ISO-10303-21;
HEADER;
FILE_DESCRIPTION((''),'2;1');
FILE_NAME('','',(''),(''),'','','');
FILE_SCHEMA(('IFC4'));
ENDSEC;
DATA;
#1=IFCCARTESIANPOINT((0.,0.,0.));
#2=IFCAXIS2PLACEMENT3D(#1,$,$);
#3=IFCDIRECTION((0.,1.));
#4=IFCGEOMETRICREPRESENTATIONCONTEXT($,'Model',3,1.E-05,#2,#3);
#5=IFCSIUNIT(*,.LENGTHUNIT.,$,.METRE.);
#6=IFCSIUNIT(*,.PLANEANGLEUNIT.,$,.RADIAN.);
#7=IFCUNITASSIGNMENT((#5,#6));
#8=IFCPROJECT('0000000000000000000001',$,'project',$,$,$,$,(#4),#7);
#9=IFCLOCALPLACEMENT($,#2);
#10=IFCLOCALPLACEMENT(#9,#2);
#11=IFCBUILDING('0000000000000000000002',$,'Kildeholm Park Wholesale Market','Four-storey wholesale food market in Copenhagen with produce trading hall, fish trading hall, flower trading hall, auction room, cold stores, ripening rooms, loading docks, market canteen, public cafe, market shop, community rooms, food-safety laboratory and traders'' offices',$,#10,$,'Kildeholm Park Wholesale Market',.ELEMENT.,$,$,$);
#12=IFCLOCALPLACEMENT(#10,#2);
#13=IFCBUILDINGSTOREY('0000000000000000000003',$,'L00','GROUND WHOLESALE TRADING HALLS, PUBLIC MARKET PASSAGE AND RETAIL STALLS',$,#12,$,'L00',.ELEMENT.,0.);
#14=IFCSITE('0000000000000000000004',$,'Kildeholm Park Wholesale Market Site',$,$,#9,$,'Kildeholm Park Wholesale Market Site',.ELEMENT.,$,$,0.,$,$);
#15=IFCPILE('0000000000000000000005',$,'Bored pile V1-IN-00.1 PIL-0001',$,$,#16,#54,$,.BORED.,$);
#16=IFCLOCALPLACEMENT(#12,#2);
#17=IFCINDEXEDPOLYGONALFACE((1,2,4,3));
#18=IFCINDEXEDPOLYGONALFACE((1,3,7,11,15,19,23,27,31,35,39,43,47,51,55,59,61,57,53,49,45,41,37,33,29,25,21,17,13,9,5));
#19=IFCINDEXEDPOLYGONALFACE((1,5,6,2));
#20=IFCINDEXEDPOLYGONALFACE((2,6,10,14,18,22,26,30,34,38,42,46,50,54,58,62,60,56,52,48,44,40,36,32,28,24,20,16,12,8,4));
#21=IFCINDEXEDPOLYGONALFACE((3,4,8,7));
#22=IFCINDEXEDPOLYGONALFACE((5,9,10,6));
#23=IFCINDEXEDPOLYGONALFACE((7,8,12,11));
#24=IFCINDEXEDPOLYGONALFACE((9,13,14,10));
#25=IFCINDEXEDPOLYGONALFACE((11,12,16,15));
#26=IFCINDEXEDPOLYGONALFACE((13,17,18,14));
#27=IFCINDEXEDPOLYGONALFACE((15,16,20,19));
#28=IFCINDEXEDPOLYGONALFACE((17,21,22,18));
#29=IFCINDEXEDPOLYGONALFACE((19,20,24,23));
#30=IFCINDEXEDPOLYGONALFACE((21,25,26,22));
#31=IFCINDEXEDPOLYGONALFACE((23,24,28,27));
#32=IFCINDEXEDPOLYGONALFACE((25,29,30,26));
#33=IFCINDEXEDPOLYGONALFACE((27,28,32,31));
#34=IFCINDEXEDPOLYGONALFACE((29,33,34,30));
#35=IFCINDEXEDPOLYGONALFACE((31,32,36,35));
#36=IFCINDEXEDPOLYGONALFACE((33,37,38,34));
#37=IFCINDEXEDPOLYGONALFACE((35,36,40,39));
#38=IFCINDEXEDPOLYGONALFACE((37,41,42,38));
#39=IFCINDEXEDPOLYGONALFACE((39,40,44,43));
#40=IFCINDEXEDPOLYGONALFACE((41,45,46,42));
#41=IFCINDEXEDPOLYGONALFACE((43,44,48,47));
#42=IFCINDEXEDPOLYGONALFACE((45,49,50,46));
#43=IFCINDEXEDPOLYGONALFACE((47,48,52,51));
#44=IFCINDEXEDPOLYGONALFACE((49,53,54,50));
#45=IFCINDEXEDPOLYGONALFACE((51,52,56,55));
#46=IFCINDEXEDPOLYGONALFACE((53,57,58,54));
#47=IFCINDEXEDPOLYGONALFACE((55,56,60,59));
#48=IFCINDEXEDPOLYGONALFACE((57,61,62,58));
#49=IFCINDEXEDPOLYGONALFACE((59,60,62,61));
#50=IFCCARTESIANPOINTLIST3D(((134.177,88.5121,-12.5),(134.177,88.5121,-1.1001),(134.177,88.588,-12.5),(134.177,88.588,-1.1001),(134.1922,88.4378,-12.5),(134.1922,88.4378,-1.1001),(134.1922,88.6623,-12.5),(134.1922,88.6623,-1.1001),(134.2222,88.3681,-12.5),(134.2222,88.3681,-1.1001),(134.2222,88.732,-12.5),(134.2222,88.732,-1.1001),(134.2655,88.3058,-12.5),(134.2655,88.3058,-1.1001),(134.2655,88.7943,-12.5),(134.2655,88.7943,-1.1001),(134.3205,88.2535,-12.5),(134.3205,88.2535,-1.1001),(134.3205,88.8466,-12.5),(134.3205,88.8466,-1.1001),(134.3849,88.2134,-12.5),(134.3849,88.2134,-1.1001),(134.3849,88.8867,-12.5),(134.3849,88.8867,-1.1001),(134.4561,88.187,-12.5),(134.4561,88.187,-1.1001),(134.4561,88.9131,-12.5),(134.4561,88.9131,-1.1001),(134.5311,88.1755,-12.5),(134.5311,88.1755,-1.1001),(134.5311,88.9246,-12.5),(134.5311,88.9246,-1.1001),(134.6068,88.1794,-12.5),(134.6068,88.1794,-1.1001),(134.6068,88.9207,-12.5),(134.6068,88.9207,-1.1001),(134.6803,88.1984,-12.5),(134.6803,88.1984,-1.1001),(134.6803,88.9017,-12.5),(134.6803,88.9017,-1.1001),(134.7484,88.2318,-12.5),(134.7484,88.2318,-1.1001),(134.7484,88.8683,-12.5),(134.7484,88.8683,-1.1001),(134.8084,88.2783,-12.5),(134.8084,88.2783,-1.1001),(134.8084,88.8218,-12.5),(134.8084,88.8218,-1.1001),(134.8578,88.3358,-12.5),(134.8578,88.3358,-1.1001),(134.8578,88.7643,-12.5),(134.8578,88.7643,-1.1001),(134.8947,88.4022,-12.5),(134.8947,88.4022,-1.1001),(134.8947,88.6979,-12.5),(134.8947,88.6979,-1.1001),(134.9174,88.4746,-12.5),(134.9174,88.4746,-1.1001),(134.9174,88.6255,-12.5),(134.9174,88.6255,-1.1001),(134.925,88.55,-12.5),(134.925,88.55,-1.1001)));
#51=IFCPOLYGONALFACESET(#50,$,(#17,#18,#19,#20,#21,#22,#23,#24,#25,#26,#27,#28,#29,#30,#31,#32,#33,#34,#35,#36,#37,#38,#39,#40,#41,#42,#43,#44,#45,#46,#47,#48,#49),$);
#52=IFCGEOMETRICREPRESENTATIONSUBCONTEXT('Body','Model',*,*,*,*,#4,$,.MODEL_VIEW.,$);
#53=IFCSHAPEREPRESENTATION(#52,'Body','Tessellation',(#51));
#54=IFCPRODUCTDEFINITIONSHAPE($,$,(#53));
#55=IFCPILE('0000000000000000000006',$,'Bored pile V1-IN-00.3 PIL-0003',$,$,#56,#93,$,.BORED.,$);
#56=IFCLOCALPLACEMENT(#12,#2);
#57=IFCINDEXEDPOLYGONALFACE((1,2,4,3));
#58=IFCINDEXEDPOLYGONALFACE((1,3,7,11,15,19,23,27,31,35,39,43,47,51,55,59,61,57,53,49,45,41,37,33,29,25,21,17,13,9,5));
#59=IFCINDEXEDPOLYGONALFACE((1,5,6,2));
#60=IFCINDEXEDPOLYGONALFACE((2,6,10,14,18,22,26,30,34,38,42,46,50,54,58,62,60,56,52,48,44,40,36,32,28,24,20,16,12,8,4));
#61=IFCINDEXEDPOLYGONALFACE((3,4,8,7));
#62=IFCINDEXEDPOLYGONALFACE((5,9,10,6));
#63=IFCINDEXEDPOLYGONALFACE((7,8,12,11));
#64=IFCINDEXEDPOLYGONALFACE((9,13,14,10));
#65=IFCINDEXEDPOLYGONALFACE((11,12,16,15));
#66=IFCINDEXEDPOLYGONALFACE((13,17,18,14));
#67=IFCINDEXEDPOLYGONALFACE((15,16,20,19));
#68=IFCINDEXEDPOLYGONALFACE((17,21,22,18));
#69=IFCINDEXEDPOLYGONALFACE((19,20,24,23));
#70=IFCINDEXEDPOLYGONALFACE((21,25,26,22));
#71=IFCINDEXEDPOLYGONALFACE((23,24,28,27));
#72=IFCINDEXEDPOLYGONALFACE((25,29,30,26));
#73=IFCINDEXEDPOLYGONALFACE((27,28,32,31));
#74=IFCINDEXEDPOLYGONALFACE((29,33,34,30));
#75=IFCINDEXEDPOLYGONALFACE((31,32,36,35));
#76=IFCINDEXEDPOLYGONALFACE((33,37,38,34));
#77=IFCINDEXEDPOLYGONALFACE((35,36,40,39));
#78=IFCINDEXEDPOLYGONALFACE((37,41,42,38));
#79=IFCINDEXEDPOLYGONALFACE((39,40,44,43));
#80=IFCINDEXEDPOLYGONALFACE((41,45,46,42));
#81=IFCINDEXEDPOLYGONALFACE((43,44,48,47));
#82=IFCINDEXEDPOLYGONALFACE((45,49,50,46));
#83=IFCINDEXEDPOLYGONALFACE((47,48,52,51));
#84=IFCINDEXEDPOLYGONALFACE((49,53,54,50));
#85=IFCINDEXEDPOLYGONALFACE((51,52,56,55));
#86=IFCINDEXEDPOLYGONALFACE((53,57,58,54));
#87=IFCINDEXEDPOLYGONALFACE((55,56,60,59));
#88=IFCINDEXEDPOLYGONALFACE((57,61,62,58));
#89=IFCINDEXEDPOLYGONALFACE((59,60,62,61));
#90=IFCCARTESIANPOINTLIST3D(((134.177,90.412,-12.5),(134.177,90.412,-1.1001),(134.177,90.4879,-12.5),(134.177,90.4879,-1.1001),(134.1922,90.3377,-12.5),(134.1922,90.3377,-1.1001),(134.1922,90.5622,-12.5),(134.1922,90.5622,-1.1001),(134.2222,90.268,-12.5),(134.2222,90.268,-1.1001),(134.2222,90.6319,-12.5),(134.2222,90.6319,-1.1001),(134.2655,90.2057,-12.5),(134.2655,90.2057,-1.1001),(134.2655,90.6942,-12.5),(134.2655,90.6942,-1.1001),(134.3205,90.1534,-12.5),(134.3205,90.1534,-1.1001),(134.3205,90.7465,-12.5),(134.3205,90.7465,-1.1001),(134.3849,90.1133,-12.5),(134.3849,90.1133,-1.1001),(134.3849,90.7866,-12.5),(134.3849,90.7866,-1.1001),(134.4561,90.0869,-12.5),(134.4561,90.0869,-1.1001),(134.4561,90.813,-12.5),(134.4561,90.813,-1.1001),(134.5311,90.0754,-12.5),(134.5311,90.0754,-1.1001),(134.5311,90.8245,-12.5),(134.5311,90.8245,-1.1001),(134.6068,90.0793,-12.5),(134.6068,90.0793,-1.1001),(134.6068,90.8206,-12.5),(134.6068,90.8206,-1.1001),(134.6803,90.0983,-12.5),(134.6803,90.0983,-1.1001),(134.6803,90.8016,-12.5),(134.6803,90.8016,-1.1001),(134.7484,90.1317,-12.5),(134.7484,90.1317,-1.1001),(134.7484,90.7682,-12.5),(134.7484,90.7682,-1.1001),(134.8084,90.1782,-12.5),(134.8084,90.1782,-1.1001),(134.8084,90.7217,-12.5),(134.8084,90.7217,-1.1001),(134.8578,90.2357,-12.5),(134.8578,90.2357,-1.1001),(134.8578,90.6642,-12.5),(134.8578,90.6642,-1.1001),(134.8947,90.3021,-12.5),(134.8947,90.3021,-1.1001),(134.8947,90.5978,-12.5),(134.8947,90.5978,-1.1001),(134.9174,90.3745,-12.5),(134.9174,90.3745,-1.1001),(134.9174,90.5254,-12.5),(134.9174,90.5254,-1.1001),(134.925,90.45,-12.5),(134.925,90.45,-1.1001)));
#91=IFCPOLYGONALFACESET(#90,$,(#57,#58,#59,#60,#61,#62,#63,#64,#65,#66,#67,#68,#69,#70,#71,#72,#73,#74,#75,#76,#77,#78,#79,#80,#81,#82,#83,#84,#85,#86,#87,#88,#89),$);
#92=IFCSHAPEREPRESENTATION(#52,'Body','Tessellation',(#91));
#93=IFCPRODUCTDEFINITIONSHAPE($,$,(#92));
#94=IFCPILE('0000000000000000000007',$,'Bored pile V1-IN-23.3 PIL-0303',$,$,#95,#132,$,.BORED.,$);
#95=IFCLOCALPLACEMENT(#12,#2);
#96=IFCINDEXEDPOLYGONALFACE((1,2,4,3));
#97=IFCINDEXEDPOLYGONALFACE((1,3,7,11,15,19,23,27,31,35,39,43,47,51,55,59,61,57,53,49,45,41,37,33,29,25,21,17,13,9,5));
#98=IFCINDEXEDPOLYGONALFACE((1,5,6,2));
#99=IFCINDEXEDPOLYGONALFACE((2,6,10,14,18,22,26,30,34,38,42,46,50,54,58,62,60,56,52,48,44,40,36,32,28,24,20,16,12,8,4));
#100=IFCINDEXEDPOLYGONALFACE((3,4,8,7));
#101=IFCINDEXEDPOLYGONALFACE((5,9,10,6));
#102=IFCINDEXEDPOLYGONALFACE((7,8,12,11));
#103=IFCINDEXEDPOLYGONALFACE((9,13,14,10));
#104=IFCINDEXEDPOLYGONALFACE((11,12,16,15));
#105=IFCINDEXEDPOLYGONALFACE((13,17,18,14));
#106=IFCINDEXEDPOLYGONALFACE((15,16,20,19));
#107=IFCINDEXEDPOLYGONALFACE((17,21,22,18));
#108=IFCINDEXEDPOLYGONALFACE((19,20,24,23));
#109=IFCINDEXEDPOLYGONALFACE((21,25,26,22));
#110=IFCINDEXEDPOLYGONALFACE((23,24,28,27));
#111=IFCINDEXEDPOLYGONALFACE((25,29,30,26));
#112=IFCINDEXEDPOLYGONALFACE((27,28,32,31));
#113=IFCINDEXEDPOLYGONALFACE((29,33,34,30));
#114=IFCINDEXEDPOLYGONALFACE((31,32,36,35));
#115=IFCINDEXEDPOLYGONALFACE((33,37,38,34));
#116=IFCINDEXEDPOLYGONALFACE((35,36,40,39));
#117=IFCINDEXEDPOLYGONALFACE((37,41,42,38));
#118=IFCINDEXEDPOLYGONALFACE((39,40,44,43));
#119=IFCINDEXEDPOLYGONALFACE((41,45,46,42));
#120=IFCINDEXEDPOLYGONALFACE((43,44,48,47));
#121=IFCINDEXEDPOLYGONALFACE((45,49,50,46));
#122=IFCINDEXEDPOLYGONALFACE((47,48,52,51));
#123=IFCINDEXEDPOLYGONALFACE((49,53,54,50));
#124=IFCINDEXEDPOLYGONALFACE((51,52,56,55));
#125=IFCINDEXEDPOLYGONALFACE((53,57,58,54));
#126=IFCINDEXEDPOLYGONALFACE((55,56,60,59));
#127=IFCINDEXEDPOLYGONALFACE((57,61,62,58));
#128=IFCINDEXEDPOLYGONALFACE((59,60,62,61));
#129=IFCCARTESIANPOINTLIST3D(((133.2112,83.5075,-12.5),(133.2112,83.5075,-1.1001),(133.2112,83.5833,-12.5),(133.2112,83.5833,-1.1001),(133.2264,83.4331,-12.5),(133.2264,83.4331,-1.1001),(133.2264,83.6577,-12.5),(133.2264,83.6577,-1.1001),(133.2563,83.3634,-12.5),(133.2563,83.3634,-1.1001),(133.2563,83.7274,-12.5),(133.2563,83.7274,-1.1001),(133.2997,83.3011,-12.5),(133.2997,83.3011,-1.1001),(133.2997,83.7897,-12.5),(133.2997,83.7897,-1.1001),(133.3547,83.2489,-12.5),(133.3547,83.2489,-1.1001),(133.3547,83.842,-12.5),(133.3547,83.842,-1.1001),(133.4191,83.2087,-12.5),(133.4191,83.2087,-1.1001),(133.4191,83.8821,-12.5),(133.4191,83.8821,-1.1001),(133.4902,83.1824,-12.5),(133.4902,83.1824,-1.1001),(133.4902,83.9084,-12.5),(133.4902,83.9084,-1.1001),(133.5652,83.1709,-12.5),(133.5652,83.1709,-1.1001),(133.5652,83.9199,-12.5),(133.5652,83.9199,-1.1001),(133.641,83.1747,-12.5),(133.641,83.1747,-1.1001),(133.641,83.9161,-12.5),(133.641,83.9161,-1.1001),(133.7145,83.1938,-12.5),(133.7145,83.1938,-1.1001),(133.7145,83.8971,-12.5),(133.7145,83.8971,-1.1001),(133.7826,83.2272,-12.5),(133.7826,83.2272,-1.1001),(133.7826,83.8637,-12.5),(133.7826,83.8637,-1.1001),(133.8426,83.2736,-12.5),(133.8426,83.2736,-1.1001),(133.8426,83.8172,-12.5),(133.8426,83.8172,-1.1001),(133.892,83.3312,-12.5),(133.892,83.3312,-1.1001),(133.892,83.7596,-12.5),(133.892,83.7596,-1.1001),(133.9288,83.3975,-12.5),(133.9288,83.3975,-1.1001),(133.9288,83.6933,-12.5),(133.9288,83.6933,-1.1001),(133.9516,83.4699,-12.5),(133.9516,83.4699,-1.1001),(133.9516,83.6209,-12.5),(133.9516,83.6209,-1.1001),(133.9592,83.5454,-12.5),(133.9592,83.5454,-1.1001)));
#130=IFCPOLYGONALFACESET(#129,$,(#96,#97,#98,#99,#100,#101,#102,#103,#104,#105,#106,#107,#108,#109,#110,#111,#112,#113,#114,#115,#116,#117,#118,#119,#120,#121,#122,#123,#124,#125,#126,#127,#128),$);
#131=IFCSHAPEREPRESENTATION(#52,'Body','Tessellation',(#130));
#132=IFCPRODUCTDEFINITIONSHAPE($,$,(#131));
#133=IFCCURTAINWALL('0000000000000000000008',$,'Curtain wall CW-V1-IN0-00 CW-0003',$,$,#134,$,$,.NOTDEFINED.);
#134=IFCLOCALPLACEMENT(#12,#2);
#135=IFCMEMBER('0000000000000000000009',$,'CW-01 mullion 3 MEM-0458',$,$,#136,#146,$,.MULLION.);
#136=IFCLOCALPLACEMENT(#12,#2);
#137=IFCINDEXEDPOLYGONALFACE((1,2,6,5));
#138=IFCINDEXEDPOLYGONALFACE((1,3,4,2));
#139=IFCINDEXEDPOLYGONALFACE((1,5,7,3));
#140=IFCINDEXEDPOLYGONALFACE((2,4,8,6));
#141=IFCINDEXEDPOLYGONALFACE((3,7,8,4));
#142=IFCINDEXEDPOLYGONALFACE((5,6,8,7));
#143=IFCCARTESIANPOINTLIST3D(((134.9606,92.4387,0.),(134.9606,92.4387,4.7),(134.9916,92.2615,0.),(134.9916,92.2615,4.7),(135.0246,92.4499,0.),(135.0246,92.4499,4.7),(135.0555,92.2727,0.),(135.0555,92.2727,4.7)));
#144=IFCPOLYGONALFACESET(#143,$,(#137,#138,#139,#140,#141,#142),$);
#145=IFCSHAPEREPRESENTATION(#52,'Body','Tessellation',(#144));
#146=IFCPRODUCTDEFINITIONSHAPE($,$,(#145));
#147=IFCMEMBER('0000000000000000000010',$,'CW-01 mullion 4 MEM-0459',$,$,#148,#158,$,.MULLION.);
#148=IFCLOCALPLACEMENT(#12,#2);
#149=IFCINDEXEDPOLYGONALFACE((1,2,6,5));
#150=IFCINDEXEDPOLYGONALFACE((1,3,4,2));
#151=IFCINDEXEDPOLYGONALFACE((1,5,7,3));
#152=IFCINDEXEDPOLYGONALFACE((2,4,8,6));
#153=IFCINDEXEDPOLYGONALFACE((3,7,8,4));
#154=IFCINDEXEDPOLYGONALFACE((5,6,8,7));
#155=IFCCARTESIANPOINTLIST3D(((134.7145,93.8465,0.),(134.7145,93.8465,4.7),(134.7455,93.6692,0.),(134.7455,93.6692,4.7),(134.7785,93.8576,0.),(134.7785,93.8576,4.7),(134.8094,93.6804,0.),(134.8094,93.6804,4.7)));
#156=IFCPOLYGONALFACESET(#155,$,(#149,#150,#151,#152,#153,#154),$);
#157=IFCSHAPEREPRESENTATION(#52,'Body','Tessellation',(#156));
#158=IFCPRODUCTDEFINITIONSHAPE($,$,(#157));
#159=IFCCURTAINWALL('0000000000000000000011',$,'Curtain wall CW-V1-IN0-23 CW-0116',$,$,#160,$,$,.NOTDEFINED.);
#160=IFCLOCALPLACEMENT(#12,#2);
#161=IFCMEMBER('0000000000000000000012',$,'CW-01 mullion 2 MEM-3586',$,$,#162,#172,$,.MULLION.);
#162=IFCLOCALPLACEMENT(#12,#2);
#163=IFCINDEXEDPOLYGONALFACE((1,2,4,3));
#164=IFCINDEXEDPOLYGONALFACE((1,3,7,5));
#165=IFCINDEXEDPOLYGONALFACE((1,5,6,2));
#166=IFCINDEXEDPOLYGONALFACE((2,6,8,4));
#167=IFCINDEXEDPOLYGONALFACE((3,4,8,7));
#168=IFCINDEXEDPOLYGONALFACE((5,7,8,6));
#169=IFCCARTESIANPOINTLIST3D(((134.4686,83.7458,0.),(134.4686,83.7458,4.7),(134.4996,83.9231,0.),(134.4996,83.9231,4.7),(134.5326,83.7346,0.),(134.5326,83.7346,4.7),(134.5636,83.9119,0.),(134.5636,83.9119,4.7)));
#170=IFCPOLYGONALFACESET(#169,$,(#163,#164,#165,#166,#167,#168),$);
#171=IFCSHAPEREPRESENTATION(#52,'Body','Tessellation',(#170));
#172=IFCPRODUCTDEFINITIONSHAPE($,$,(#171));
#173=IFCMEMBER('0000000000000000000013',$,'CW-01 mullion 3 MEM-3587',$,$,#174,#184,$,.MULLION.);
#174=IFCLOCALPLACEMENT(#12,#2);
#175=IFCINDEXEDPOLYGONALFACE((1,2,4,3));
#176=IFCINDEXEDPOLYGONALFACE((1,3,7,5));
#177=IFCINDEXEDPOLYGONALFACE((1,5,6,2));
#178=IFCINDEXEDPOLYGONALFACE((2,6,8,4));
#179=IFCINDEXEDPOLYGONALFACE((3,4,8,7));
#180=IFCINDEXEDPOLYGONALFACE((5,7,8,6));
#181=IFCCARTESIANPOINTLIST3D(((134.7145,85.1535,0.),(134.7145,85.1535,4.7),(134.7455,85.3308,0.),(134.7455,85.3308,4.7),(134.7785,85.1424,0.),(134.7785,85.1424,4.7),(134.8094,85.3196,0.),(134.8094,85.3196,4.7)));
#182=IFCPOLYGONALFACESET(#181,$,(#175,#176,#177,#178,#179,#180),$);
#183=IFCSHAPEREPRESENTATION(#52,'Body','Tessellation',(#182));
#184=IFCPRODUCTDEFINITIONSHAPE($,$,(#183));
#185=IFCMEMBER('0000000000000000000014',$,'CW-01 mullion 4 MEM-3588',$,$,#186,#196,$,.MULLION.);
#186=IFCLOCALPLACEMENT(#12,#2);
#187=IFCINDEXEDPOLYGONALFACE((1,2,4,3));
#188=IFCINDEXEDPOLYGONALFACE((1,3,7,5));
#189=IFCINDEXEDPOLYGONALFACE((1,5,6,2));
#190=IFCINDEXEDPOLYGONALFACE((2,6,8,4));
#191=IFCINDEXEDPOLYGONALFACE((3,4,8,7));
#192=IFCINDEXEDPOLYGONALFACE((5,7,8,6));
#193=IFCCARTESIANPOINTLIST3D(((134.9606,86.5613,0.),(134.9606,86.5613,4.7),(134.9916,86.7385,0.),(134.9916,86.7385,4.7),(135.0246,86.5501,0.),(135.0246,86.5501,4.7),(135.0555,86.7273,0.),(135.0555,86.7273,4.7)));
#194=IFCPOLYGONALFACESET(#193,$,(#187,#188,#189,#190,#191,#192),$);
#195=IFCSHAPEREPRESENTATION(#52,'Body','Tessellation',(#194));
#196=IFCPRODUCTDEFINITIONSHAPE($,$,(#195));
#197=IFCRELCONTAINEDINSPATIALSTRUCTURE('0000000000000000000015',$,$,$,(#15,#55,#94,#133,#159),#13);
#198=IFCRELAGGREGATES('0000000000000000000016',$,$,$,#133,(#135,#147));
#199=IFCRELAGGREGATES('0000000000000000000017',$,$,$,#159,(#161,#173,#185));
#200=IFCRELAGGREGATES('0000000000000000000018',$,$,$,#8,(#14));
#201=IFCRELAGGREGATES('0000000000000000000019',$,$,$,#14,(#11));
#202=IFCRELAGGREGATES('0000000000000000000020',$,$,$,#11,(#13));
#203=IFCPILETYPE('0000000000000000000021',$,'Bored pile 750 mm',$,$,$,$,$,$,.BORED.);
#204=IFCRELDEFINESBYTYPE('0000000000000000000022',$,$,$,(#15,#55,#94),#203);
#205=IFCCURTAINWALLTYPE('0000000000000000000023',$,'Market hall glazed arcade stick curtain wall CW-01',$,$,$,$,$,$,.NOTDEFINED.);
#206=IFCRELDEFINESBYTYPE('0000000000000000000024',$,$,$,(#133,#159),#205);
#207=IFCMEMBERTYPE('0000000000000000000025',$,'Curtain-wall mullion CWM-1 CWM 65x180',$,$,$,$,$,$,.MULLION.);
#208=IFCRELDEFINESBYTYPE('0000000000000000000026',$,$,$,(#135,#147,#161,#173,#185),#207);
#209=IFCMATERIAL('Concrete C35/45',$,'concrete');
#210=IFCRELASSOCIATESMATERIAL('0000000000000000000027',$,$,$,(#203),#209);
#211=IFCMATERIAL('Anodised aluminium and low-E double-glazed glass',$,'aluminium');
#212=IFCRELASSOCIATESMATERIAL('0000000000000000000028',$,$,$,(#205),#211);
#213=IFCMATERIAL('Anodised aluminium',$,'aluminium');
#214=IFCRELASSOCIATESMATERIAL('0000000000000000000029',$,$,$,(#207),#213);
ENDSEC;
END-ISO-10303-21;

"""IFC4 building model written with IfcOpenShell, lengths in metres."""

from ifc_helpers import new_model, si_unit, direction, frame, origin, origin_2d, place, context, subcontext, project, spatial, rectangle, circle, extrude, material, material_profile, profile_set, type_object, element, aggregate, save


model = new_model("IFC4")

# Units and contexts
model_context = context("Model", 3, precision=1e-05, world=origin(), true_north=direction((0.0, 1.0)))
body_context = subcontext(model_context, "Body", "Model", "MODEL_VIEW")
ifc_project = project(units=[si_unit("LENGTHUNIT", "METRE"), si_unit("PLANEANGLEUNIT", "RADIAN")], contexts=[model_context])

# Site, building, storey
site_placement = place(None, origin())
site = spatial("IfcSite", under=ifc_project, at=site_placement, Name="Kildeholm Park Wholesale Market Site", LongName="Kildeholm Park Wholesale Market Site", CompositionType="ELEMENT", RefElevation=0.0)
building_placement = place(site_placement, origin())
building = spatial("IfcBuilding", under=site, at=building_placement, Name="Kildeholm Park Wholesale Market", Description="Four-storey wholesale food market in Copenhagen with produce trading hall, fish trading hall, flower trading hall, auction room, cold stores, ripening rooms, loading docks, market canteen, public cafe, market shop, community rooms, food-safety laboratory and traders' offices", LongName="Kildeholm Park Wholesale Market", CompositionType="ELEMENT")
storey_placement = place(building_placement, origin())
storey = spatial("IfcBuildingStorey", under=building, at=storey_placement, Name="L00", Description="GROUND WHOLESALE TRADING HALLS, PUBLIC MARKET PASSAGE AND RETAIL STALLS", LongName="L00", CompositionType="ELEMENT", Elevation=0.0)

# Piles
ifc_material_1 = material(Name="Concrete C35/45", Category="concrete")
ifc_material_profile_1 = material_profile(ifc_material_1, circle(Radius=0.375, at=origin_2d()), Name="PILE D750")
ifc_profile_set_1 = profile_set([ifc_material_profile_1], Name="Concrete C35/45")
pile_type = type_object("IfcPileType", Name="Bored pile 750 mm", PredefinedType="BORED", material=ifc_profile_set_1)
for number, where, z_axis, x_axis, name in (
    (1, (134.55, 88.55, -1.1001), (0.0, 0.0, -1.0), (1.0, 0.0, 0.0), "Bored pile V1-IN-00.1 PIL-0001"),
    (2, (134.55, 90.45, -1.1001), (0.0, 0.0, -1.0), (1.0, 0.0, 0.0), "Bored pile V1-IN-00.3 PIL-0003"),
    (3, (133.5842, 83.5454, -1.1001), (0.0, 0.0, -1.0), (1.0, 0.0, 0.0), "Bored pile V1-IN-23.3 PIL-0303"),
):
    element("IfcPile", number, at=place(storey_placement, frame(where, z_axis=z_axis, x_axis=x_axis)), inside=storey, type_object=pile_type, Name=name, PredefinedType="BORED", context=body_context, shape_type="SweptSolid", body=[
        extrude(circle(Radius=0.375, at=origin_2d()), origin(), (0.0, 0.0, 1.0), 11.3999),
    ])

# Curtain walls, members
ifc_material_2 = material(Name="Anodised aluminium and low-E double-glazed glass", Category="aluminium")
curtain_wall_type = type_object("IfcCurtainWallType", Name="Market hall glazed arcade stick curtain wall CW-01", PredefinedType="NOTDEFINED", material=ifc_material_2)
curtain_wall_1_placement = place(storey_placement, origin())
curtain_wall_1 = element("IfcCurtainWall", 4, at=curtain_wall_1_placement, inside=storey, type_object=curtain_wall_type, Name="Curtain wall CW-V1-IN0-00 CW-0003", PredefinedType="NOTDEFINED")
ifc_material_3 = material(Name="Anodised aluminium", Category="aluminium")
ifc_material_profile_2 = material_profile(ifc_material_3, rectangle(XDim=0.0649, YDim=0.1799, at=origin_2d()), Name="CWM 65x180")
ifc_profile_set_2 = profile_set([ifc_material_profile_2], Name="Anodised aluminium")
member_type_1 = type_object("IfcMemberType", Name="Curtain-wall mullion CWM-1 CWM 65x180", PredefinedType="MULLION", material=ifc_profile_set_2)
member_1_placement = place(storey_placement, frame((135.0081, 92.3557, 0.0), z_axis=(0.0, 0.0, 1.0), x_axis=(-0.985074, -0.172133, 0.0)))
member_1 = element("IfcMember", 5, at=member_1_placement, type_object=member_type_1, Name="CW-01 mullion 3 MEM-0458", PredefinedType="MULLION", context=body_context, shape_type="SweptSolid", body=[
    extrude(rectangle(XDim=0.0649, YDim=0.1799, at=origin_2d()), origin(), (0.0, 0.0, 1.0), 4.7),
])
member_2_placement = place(storey_placement, frame((134.762, 93.7634, 0.0), z_axis=(0.0, 0.0, 1.0), x_axis=(-0.985074, -0.172133, 0.0)))
member_2 = element("IfcMember", 6, at=member_2_placement, type_object=member_type_1, Name="CW-01 mullion 4 MEM-0459", PredefinedType="MULLION", context=body_context, shape_type="SweptSolid", body=[
    extrude(rectangle(XDim=0.0649, YDim=0.1799, at=origin_2d()), origin(), (0.0, 0.0, 1.0), 4.7),
])
curtain_wall_2_placement = place(storey_placement, origin())
curtain_wall_2 = element("IfcCurtainWall", 7, at=curtain_wall_2_placement, inside=storey, type_object=curtain_wall_type, Name="Curtain wall CW-V1-IN0-23 CW-0116", PredefinedType="NOTDEFINED")
member_3_placement = place(storey_placement, frame((134.5161, 83.8289, 0.0), z_axis=(0.0, 0.0, 1.0), x_axis=(-0.985074, 0.172133, 0.0)))
member_3 = element("IfcMember", 8, at=member_3_placement, type_object=member_type_1, Name="CW-01 mullion 2 MEM-3586", PredefinedType="MULLION", context=body_context, shape_type="SweptSolid", body=[
    extrude(rectangle(XDim=0.0649, YDim=0.1799, at=origin_2d()), origin(), (0.0, 0.0, 1.0), 4.7),
])
member_4_placement = place(storey_placement, frame((134.762, 85.2366, 0.0), z_axis=(0.0, 0.0, 1.0), x_axis=(-0.985074, 0.172133, 0.0)))
member_4 = element("IfcMember", 9, at=member_4_placement, type_object=member_type_1, Name="CW-01 mullion 3 MEM-3587", PredefinedType="MULLION", context=body_context, shape_type="SweptSolid", body=[
    extrude(rectangle(XDim=0.0649, YDim=0.1799, at=origin_2d()), origin(), (0.0, 0.0, 1.0), 4.7),
])
member_5_placement = place(storey_placement, frame((135.0081, 86.6443, 0.0), z_axis=(0.0, 0.0, 1.0), x_axis=(-0.985074, 0.172133, 0.0)))
member_5 = element("IfcMember", 10, at=member_5_placement, type_object=member_type_1, Name="CW-01 mullion 4 MEM-3588", PredefinedType="MULLION", context=body_context, shape_type="SweptSolid", body=[
    extrude(rectangle(XDim=0.0649, YDim=0.1799, at=origin_2d()), origin(), (0.0, 0.0, 1.0), 4.7),
])

aggregate(curtain_wall_1, [member_1, member_2])
aggregate(curtain_wall_2, [member_3, member_4, member_5])

save(model, "model.ifc")
